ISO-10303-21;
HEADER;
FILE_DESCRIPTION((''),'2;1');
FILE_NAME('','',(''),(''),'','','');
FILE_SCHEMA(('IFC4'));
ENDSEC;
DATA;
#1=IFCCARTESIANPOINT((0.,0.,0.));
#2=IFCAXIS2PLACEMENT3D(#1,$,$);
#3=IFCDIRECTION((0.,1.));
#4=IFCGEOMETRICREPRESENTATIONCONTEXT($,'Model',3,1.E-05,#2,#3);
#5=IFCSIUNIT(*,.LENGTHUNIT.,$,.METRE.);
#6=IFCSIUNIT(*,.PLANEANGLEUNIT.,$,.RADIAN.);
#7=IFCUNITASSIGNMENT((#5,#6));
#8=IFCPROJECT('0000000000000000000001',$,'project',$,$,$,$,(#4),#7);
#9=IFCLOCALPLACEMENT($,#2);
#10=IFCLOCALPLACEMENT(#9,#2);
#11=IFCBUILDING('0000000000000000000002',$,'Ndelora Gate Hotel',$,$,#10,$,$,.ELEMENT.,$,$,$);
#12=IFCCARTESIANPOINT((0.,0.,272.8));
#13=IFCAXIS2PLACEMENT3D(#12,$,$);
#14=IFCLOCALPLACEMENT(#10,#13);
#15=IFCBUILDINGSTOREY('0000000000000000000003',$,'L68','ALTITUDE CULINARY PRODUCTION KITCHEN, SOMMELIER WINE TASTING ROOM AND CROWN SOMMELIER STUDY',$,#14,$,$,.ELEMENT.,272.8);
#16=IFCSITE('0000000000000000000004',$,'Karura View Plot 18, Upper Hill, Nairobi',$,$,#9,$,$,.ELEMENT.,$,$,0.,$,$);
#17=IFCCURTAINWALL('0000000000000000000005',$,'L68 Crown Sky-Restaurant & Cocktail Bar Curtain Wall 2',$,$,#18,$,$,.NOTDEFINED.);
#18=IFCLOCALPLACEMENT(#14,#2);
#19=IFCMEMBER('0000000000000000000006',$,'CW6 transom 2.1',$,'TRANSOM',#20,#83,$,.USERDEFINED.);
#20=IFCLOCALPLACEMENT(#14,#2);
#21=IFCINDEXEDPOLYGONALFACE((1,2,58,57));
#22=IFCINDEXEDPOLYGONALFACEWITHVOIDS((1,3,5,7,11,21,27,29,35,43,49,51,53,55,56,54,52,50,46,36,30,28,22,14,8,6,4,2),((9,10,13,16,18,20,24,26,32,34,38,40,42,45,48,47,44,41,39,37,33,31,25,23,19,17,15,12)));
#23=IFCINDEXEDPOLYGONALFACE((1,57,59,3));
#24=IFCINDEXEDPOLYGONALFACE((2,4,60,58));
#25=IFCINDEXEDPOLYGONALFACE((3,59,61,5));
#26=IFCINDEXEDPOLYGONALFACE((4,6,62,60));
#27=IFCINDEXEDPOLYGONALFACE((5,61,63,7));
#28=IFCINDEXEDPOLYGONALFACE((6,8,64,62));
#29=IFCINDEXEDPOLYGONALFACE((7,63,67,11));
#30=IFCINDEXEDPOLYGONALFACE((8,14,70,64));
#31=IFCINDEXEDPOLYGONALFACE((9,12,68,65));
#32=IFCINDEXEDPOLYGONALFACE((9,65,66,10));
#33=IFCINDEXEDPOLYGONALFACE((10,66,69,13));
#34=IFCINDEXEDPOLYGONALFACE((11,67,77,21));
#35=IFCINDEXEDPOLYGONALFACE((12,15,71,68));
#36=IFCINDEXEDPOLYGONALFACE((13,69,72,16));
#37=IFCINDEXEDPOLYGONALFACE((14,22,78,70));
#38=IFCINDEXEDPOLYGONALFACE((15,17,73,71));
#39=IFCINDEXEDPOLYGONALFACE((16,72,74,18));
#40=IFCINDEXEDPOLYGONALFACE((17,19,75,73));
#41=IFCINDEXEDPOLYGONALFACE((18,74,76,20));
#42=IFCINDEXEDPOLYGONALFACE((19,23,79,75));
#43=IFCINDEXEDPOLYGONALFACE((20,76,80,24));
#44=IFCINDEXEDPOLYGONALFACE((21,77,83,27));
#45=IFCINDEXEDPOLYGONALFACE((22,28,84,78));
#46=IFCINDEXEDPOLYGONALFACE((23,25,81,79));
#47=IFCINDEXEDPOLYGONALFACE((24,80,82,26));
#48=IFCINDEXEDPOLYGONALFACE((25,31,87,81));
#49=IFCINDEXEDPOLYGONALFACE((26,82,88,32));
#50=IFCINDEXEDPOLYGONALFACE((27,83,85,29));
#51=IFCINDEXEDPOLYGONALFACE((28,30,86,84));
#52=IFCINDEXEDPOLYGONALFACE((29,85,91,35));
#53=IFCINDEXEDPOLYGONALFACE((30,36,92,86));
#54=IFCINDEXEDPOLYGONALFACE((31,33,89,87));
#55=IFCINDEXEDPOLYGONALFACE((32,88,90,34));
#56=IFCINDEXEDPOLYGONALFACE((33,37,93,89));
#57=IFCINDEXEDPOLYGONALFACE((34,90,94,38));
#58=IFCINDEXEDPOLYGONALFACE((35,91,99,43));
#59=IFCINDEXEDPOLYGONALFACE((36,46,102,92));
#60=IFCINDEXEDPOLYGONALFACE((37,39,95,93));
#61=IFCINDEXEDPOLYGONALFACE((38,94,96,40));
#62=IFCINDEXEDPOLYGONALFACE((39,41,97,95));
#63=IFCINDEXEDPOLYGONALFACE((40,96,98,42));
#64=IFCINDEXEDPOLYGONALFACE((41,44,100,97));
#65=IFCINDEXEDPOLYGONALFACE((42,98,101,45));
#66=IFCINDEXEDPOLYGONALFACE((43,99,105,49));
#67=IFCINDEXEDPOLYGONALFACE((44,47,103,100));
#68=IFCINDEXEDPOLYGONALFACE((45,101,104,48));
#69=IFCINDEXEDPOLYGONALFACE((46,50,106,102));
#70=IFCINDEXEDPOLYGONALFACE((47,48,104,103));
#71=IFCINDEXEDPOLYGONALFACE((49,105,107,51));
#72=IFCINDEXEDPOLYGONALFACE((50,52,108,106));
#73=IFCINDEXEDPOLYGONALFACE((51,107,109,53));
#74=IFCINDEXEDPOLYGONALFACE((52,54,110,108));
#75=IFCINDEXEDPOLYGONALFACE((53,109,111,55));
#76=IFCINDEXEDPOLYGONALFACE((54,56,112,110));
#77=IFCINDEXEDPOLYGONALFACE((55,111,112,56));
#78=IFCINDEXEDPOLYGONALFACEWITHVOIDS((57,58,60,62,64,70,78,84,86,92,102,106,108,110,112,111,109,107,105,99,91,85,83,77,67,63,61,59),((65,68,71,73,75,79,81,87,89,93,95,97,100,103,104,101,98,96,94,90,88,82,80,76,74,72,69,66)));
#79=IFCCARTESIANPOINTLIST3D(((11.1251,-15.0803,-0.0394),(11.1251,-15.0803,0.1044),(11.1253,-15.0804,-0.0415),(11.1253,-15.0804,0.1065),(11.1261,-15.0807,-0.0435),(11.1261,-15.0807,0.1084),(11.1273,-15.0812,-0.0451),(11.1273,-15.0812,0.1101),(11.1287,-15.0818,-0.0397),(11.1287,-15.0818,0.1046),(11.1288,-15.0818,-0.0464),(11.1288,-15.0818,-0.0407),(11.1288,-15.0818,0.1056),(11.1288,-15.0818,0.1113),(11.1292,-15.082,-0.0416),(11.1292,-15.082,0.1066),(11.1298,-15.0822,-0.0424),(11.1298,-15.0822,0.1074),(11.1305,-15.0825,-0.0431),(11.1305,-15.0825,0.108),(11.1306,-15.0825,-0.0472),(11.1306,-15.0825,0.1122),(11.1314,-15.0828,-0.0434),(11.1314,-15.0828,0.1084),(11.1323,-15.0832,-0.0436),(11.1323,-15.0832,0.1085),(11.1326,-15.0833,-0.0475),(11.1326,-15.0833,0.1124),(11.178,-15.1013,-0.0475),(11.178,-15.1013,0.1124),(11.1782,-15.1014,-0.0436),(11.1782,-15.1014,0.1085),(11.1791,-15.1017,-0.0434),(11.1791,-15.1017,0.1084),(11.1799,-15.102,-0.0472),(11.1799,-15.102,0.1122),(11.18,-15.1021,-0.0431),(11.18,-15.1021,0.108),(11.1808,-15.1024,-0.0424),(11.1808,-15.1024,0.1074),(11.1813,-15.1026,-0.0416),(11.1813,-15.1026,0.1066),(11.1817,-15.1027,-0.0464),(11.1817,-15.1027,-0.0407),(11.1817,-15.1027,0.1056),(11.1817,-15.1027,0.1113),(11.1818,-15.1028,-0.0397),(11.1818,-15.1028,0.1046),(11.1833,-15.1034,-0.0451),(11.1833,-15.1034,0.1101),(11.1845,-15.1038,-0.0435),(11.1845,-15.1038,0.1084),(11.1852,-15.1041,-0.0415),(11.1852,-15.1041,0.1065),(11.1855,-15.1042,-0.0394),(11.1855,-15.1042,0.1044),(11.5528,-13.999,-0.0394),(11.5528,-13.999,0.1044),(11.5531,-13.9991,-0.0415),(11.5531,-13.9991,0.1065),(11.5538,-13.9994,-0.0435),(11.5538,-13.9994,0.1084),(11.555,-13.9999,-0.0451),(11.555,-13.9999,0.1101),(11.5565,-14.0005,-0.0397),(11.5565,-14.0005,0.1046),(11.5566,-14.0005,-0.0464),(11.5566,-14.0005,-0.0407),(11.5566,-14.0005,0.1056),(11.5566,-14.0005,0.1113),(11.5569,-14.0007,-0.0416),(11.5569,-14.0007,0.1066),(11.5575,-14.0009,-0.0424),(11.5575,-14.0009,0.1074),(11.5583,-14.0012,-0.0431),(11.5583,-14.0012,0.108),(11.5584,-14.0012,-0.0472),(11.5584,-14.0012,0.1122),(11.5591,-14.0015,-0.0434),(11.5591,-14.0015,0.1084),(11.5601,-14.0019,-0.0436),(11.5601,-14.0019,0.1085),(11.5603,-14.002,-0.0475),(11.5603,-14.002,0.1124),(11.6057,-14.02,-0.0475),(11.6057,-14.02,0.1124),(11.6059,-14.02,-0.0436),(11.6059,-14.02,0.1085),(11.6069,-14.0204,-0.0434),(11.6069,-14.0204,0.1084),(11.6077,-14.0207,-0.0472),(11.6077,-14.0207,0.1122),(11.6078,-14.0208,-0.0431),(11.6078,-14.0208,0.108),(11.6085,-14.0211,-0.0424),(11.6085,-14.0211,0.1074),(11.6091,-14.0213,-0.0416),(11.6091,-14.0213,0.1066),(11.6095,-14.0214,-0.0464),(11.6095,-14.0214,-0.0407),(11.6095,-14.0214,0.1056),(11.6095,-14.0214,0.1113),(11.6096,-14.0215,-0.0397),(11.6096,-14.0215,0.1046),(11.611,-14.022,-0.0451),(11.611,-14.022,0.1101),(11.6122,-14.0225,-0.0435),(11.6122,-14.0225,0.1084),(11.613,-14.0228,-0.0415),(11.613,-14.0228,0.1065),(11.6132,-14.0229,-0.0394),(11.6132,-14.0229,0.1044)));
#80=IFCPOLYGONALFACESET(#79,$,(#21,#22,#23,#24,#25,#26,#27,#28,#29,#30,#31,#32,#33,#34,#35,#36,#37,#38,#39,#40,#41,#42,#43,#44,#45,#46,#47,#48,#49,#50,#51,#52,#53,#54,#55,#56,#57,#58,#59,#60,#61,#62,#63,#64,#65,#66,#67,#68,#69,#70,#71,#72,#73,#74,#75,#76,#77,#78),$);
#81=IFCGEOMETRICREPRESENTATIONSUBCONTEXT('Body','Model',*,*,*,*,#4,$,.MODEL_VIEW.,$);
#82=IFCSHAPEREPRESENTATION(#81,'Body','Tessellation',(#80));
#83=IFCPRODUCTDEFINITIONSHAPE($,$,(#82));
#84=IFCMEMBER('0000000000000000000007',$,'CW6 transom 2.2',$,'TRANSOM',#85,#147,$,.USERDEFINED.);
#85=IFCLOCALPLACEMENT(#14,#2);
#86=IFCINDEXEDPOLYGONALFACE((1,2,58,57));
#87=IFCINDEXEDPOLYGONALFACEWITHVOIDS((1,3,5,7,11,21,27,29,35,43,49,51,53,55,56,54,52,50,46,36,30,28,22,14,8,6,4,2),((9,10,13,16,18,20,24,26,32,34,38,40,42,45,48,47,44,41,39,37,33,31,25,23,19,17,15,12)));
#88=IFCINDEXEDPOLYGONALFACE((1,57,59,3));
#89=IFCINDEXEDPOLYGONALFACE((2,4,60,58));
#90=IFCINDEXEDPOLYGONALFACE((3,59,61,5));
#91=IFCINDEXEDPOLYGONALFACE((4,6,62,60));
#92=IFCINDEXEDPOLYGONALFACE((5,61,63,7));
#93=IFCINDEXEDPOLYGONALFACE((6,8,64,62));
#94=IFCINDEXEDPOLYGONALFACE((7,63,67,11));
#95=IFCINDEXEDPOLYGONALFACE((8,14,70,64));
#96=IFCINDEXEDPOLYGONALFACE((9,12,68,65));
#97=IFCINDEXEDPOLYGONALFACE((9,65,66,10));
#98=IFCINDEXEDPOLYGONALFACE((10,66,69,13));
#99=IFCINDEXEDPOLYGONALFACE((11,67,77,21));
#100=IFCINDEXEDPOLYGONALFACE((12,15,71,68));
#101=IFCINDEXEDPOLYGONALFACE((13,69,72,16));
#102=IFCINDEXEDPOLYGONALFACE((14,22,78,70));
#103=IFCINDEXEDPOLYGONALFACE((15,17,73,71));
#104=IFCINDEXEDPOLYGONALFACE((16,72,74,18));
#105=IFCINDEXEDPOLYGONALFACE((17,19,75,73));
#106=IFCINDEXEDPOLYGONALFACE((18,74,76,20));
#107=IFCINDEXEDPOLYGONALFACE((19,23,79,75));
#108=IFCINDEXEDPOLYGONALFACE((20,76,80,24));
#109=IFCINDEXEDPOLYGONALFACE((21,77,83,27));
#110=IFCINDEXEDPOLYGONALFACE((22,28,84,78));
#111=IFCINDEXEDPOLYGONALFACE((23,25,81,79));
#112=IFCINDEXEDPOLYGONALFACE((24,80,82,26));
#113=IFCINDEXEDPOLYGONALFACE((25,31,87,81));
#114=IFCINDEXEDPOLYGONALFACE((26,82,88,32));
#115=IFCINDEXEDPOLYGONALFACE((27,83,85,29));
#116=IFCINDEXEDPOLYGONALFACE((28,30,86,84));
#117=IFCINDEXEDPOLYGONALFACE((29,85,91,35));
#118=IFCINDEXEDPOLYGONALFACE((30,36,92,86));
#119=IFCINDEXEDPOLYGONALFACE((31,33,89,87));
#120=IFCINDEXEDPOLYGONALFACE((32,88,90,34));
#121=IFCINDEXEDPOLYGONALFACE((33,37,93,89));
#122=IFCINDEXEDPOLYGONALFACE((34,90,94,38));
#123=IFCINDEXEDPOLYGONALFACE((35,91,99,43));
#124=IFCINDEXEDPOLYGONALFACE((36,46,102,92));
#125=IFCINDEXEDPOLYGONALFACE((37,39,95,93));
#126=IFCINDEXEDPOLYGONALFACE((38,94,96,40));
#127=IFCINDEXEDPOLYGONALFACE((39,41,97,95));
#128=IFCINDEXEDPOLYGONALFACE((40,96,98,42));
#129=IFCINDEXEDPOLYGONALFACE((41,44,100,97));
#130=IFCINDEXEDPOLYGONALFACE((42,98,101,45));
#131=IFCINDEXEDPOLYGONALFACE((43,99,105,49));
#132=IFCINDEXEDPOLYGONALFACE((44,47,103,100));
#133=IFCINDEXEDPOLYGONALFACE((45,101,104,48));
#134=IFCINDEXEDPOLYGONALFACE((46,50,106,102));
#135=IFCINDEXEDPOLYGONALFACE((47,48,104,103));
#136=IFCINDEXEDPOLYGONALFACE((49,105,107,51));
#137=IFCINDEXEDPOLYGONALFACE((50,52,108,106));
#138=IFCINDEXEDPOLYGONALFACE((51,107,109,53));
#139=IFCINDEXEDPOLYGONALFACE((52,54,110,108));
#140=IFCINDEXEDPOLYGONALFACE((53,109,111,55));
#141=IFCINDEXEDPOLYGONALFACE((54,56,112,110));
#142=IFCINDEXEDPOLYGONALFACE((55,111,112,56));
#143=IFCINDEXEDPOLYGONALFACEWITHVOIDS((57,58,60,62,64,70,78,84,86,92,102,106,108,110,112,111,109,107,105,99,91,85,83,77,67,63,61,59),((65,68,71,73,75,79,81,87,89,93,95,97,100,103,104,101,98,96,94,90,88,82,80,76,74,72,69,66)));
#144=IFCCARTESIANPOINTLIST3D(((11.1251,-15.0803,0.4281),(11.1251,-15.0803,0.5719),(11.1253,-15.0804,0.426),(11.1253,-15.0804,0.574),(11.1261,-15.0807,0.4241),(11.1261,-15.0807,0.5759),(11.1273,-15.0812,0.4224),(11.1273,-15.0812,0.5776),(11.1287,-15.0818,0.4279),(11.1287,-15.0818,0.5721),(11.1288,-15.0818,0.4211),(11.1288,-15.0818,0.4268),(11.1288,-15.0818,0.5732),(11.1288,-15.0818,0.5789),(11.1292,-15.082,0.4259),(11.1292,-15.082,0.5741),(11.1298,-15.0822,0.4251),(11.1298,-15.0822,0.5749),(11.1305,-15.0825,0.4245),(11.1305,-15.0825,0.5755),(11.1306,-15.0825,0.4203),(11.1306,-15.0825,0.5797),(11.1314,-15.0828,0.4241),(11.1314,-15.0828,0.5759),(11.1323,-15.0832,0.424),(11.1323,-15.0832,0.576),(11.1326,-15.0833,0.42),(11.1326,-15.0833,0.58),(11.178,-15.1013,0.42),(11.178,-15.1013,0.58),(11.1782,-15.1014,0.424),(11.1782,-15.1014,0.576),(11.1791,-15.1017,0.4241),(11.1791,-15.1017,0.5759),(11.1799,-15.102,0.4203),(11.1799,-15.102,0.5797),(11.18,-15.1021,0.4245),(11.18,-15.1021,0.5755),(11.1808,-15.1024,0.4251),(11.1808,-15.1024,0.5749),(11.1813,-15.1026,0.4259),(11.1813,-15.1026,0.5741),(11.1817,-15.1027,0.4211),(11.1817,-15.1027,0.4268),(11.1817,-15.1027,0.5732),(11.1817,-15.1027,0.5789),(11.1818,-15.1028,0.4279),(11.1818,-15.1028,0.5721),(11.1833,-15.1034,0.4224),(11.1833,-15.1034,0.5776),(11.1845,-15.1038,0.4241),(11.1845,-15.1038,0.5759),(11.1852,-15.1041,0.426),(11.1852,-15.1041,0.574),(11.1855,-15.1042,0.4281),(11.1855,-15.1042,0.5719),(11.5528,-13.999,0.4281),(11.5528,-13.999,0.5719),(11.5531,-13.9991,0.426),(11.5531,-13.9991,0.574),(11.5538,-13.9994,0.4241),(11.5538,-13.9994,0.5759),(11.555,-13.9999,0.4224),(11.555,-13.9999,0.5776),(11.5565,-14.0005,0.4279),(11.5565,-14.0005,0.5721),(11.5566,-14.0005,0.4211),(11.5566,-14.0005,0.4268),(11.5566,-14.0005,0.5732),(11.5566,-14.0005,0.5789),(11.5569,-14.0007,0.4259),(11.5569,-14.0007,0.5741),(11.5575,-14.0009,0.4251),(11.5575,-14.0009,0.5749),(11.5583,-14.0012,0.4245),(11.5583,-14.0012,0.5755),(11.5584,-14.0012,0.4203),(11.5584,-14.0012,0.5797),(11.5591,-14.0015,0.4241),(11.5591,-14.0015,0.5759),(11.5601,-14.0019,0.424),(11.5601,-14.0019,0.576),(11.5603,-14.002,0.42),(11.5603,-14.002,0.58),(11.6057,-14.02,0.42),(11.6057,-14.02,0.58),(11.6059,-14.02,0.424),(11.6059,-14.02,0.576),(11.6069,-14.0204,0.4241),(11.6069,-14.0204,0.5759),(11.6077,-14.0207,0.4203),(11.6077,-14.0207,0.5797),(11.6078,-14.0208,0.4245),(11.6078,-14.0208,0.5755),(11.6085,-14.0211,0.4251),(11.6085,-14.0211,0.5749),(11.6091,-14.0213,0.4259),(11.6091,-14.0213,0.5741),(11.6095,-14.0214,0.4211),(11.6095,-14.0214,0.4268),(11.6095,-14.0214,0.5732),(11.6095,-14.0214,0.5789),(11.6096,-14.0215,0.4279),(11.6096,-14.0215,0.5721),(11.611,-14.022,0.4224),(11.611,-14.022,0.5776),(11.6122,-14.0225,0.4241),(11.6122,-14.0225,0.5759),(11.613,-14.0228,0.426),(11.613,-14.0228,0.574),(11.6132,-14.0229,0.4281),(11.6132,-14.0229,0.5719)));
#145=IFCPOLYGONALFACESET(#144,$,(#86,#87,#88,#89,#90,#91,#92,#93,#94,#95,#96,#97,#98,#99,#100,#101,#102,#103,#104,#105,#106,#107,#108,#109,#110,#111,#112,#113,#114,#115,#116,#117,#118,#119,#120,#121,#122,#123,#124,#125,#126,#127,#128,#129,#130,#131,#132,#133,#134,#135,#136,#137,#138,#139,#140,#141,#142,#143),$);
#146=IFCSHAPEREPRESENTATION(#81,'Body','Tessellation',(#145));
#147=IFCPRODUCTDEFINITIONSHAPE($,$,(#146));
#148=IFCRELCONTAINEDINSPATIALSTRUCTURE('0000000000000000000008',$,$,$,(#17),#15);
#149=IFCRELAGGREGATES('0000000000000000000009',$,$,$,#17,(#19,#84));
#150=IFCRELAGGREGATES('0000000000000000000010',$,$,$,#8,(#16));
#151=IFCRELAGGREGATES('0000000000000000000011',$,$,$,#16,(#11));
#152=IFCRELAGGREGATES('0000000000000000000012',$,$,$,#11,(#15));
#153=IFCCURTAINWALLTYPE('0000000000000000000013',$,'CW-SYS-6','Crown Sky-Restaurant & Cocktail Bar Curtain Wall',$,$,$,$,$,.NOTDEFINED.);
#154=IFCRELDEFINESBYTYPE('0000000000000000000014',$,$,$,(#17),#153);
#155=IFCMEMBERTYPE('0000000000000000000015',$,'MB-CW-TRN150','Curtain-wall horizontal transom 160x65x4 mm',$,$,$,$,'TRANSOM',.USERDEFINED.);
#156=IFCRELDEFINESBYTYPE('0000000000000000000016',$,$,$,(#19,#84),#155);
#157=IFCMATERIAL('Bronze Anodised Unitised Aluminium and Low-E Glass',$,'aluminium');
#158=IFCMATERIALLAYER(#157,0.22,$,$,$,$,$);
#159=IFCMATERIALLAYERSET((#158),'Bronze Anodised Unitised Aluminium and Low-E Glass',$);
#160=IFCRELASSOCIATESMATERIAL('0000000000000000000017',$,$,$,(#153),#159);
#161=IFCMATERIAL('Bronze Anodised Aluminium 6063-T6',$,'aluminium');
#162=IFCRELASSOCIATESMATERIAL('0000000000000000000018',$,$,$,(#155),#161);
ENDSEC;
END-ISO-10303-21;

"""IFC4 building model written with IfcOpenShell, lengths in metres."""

from ifc_helpers import new_model, si_unit, direction, frame, origin, origin_2d, place, context, subcontext, project, spatial, hollow_rectangle, extrude, material, layer, layer_set, material_profile, profile_set, type_object, element, aggregate, save


model = new_model("IFC4")

# Units and contexts
model_context = context("Model", 3, precision=1e-05, world=origin(), true_north=direction((0.0, 1.0)))
body_context = subcontext(model_context, "Body", "Model", "MODEL_VIEW")
ifc_project = project(units=[si_unit("LENGTHUNIT", "METRE"), si_unit("PLANEANGLEUNIT", "RADIAN")], contexts=[model_context])

# Site, building, storey
site_placement = place(None, origin())
site = spatial("IfcSite", under=ifc_project, at=site_placement, Name="Karura View Plot 18, Upper Hill, Nairobi", CompositionType="ELEMENT", RefElevation=0.0)
building_placement = place(site_placement, origin())
building = spatial("IfcBuilding", under=site, at=building_placement, Name="Ndelora Gate Hotel", CompositionType="ELEMENT")
storey_placement = place(building_placement, frame((0.0, 0.0, 272.8)))
storey = spatial("IfcBuildingStorey", under=building, at=storey_placement, Name="L68", Description="ALTITUDE CULINARY PRODUCTION KITCHEN, SOMMELIER WINE TASTING ROOM AND CROWN SOMMELIER STUDY", CompositionType="ELEMENT", Elevation=272.8)

# Curtain wall, members
ifc_material_1 = material(Name="Bronze Anodised Unitised Aluminium and Low-E Glass", Category="aluminium")
ifc_layer_1 = layer(ifc_material_1, 0.22)
ifc_layer_set_1 = layer_set([ifc_layer_1], Name="Bronze Anodised Unitised Aluminium and Low-E Glass")
curtain_wall_type = type_object("IfcCurtainWallType", Name="CW-SYS-6", Description="Crown Sky-Restaurant & Cocktail Bar Curtain Wall", PredefinedType="NOTDEFINED", material=ifc_layer_set_1)
curtain_wall_placement = place(storey_placement, origin())
curtain_wall = element("IfcCurtainWall", 1, at=curtain_wall_placement, inside=storey, type_object=curtain_wall_type, Name="L68 Crown Sky-Restaurant & Cocktail Bar Curtain Wall 2", PredefinedType="NOTDEFINED")
ifc_material_2 = material(Name="Bronze Anodised Aluminium 6063-T6", Category="aluminium")
ifc_material_profile_1 = material_profile(ifc_material_2, hollow_rectangle(XDim=0.0649, YDim=0.1599, WallThickness=0.0039, InnerFilletRadius=0.0039, OuterFilletRadius=0.0081, at=origin_2d()), Name="ALU 160x65x4")
ifc_profile_set_1 = profile_set([ifc_material_profile_1], Name="Bronze Anodised Aluminium 6063-T6")
member_type_1 = type_object("IfcMemberType", Name="MB-CW-TRN150", Description="Curtain-wall horizontal transom 160x65x4 mm", ElementType="TRANSOM", PredefinedType="USERDEFINED", material=ifc_profile_set_1)
member_1_placement = place(storey_placement, frame((11.1553, -15.0923, 0.0325), z_axis=(0.36784, 0.929889, 0.0), x_axis=(-0.929889, 0.36784, 0.0)))
member_1 = element("IfcMember", 2, at=member_1_placement, type_object=member_type_1, Name="CW6 transom 2.1", ObjectType="TRANSOM", PredefinedType="USERDEFINED", context=body_context, shape_type="SweptSolid", body=[
    extrude(hollow_rectangle(XDim=0.0649, YDim=0.1599, WallThickness=0.0039, InnerFilletRadius=0.0039, OuterFilletRadius=0.0081, at=origin_2d()), origin(), (0.0, 0.0, 1.0), 1.1628),
])
member_2_placement = place(storey_placement, frame((11.1553, -15.0923, 0.5), z_axis=(0.36784, 0.929889, 0.0), x_axis=(-0.929889, 0.36784, 0.0)))
member_2 = element("IfcMember", 3, at=member_2_placement, type_object=member_type_1, Name="CW6 transom 2.2", ObjectType="TRANSOM", PredefinedType="USERDEFINED", context=body_context, shape_type="SweptSolid", body=[
    extrude(hollow_rectangle(XDim=0.0649, YDim=0.1599, WallThickness=0.0039, InnerFilletRadius=0.0039, OuterFilletRadius=0.0081, at=origin_2d()), origin(), (0.0, 0.0, 1.0), 1.1628),
])
aggregate(curtain_wall, [member_1, member_2])

save(model, "model.ifc")
